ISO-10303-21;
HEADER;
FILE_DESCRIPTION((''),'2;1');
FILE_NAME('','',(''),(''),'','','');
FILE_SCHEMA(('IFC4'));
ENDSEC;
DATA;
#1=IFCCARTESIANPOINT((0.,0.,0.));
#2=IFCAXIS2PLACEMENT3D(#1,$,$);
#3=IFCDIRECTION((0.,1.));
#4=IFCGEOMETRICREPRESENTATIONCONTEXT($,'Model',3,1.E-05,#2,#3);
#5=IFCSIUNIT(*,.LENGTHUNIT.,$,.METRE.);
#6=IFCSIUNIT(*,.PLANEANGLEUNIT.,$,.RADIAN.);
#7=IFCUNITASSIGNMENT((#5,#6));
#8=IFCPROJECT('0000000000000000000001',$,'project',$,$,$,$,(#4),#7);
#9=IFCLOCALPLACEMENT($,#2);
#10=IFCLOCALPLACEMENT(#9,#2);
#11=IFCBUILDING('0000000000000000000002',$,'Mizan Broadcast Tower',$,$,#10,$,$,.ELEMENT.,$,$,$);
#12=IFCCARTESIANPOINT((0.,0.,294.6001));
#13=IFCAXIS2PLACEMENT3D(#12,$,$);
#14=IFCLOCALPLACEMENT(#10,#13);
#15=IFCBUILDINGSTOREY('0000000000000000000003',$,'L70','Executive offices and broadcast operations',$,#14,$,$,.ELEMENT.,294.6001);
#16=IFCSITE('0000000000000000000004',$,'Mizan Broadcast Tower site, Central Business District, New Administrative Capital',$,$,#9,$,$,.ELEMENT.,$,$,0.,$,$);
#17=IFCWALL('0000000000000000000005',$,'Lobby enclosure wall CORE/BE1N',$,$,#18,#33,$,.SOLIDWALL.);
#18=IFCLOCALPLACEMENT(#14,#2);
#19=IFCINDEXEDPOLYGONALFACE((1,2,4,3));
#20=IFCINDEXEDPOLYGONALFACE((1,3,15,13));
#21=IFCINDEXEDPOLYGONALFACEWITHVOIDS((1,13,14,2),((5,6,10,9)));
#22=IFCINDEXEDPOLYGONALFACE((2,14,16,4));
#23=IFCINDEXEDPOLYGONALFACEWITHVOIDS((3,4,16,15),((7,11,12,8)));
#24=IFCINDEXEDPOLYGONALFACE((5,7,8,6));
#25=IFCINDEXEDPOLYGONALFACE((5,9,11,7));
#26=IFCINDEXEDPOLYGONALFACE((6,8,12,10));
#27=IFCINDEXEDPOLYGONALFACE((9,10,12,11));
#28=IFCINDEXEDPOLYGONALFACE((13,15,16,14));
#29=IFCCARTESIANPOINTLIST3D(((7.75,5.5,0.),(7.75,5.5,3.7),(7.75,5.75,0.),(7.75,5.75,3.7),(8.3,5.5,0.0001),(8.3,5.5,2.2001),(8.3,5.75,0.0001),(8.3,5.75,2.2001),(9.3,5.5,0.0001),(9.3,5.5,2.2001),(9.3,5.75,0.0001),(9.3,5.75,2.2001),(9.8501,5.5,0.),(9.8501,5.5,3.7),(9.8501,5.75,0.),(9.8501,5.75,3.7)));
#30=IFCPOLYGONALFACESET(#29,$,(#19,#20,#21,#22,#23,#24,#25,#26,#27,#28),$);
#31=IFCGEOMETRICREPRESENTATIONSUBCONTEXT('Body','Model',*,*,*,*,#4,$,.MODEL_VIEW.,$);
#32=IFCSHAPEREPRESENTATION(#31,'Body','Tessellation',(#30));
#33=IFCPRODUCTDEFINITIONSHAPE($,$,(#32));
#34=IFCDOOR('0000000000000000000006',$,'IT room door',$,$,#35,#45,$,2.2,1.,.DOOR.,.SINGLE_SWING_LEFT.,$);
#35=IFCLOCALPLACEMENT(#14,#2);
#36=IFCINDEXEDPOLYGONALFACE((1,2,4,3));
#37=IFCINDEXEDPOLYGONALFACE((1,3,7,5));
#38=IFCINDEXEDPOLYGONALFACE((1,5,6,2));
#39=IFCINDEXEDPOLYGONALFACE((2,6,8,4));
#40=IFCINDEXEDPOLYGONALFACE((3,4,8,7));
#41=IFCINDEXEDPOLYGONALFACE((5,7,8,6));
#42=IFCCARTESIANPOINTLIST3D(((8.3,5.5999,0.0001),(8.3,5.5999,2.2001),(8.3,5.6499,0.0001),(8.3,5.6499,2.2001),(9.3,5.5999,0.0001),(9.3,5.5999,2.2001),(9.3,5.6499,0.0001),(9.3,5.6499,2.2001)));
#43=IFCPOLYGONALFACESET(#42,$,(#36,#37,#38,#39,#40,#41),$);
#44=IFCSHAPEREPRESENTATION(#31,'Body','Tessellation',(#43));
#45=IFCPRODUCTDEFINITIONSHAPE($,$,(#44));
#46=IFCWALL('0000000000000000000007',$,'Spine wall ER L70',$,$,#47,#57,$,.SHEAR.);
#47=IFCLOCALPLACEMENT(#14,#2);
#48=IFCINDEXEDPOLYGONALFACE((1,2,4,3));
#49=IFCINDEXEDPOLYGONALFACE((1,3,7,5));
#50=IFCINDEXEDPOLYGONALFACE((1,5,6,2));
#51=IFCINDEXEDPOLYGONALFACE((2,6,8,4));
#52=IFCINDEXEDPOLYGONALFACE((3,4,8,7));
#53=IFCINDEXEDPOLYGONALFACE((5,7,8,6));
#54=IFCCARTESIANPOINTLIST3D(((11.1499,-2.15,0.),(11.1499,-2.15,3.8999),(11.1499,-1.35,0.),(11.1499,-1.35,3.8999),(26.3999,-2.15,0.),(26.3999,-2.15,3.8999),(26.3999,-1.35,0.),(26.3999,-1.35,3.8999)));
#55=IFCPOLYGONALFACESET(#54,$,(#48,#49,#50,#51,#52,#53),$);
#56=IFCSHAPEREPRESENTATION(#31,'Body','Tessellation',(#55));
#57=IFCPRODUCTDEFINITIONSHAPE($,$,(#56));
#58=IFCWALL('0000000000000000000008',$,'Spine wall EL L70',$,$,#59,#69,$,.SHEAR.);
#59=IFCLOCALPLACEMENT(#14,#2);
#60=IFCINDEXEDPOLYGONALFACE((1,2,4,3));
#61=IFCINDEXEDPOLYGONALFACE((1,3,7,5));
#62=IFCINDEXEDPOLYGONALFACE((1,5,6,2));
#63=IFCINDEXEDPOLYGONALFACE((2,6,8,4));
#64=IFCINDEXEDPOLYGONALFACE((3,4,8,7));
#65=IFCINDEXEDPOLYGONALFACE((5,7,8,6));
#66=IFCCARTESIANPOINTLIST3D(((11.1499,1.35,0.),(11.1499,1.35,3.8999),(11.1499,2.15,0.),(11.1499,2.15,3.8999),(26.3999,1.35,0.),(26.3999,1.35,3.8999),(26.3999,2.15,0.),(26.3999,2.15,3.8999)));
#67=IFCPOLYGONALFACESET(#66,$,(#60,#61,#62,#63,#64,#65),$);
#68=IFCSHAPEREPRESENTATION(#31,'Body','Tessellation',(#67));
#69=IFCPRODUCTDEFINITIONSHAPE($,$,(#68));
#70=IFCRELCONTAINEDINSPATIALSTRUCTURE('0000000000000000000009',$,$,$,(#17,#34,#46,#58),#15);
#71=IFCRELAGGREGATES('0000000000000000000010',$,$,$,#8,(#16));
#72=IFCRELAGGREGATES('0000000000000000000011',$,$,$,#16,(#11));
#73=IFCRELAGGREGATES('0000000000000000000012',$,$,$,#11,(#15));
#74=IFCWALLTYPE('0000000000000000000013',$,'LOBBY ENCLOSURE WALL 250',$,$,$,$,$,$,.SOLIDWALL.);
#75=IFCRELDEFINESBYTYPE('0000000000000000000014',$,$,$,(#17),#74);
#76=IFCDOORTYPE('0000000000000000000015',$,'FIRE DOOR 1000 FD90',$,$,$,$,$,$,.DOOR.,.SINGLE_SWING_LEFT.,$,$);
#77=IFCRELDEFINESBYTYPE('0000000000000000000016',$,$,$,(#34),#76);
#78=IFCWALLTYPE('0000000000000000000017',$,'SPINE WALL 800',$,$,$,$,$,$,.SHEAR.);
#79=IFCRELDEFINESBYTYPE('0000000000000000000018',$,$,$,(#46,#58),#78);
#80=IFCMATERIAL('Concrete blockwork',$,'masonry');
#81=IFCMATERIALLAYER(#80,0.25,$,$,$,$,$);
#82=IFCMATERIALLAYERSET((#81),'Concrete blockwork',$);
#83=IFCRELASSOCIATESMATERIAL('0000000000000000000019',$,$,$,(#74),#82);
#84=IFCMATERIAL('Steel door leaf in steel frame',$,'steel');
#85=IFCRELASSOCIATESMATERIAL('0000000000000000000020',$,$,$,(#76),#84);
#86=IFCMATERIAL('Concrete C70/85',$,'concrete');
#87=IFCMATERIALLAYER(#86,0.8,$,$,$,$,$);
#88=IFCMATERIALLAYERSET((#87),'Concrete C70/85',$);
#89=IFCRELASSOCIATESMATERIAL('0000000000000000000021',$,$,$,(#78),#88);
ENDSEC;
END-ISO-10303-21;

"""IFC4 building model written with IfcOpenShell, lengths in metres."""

from ifc_helpers import new_model, si_unit, direction, frame, frame_2d, origin, place, context, subcontext, project, spatial, rectangle, extrude, material, layer, layer_set, type_object, element, fill, save


model = new_model("IFC4")

# Units and contexts
model_context = context("Model", 3, precision=1e-05, world=origin(), true_north=direction((0.0, 1.0)))
body_context = subcontext(model_context, "Body", "Model", "MODEL_VIEW")
ifc_project = project(units=[si_unit("LENGTHUNIT", "METRE"), si_unit("PLANEANGLEUNIT", "RADIAN")], contexts=[model_context])

# Site, building, storey
site_placement = place(None, origin())
site = spatial("IfcSite", under=ifc_project, at=site_placement, Name="Mizan Broadcast Tower site, Central Business District, New Administrative Capital", CompositionType="ELEMENT", RefElevation=0.0)
building_placement = place(site_placement, origin())
building = spatial("IfcBuilding", under=site, at=building_placement, Name="Mizan Broadcast Tower", CompositionType="ELEMENT")
storey_placement = place(building_placement, frame((0.0, 0.0, 294.6001)))
storey = spatial("IfcBuildingStorey", under=building, at=storey_placement, Name="L70", Description="Executive offices and broadcast operations", CompositionType="ELEMENT", Elevation=294.6001)

# Wall, opening, door
ifc_material_1 = material(Name="Concrete blockwork", Category="masonry")
ifc_layer_1 = layer(ifc_material_1, 0.25)
ifc_layer_set_1 = layer_set([ifc_layer_1], Name="Concrete blockwork")
wall_type_1 = type_object("IfcWallType", Name="LOBBY ENCLOSURE WALL 250", PredefinedType="SOLIDWALL", material=ifc_layer_set_1)
wall_1_placement = place(storey_placement, frame((7.75, 5.625, 0.0), z_axis=(0.0, 0.0, 1.0), x_axis=(1.0, 0.0, 0.0)))
wall_1 = element("IfcWall", 1, at=wall_1_placement, inside=storey, type_object=wall_type_1, Name="Lobby enclosure wall CORE/BE1N", PredefinedType="SOLIDWALL", context=body_context, shape_type="SweptSolid", body=[
    extrude(rectangle(XDim=2.1001, YDim=0.25, at=frame_2d((1.05, 0.0))), origin(), (0.0, 0.0, 1.0), 3.7),
])
opening_1_placement = place(wall_1_placement, frame((0.55, 0.0, 0.0)))
opening_1 = element("IfcOpeningElement", 2, at=opening_1_placement, cuts=wall_1, PredefinedType="OPENING", context=body_context, shape_type="SweptSolid", body=[
    extrude(rectangle(XDim=1.0, YDim=2.2, at=frame_2d((0.5, 1.1001))), frame((0.0, 0.135, 0.0), z_axis=(0.0, -1.0, 0.0), x_axis=(1.0, 0.0, 0.0)), (0.0, 0.0, 1.0), 0.27),
])
ifc_material_2 = material(Name="Steel door leaf in steel frame", Category="steel")
door_type_1 = type_object("IfcDoorType", Name="FIRE DOOR 1000 FD90", OperationType="SINGLE_SWING_LEFT", PredefinedType="DOOR", material=ifc_material_2)
door_1_placement = place(opening_1_placement, origin())
door_1 = element("IfcDoor", 3, at=door_1_placement, inside=storey, type_object=door_type_1, Name="IT room door", OperationType="SINGLE_SWING_LEFT", OverallHeight=2.2, OverallWidth=1.0, PredefinedType="DOOR", context=body_context, shape_type="SweptSolid", body=[
    extrude(rectangle(XDim=1.0, YDim=2.2, at=frame_2d((0.5, 1.1001))), frame((0.0, 0.0249, 0.0), z_axis=(0.0, -1.0, 0.0), x_axis=(1.0, 0.0, 0.0)), (0.0, 0.0, 1.0), 0.05),
])
fill(opening_1, door_1)

# Walls
ifc_material_3 = material(Name="Concrete C70/85", Category="concrete")
ifc_layer_2 = layer(ifc_material_3, 0.8)
ifc_layer_set_2 = layer_set([ifc_layer_2], Name="Concrete C70/85")
wall_type_2 = type_object("IfcWallType", Name="SPINE WALL 800", PredefinedType="SHEAR", material=ifc_layer_set_2)
for number, where, z_axis, x_axis, name in (
    (4, (11.1499, -1.75, 0.0), (0.0, 0.0, 1.0), (1.0, 0.0, 0.0), "Spine wall ER L70"),
    (5, (11.1499, 1.75, 0.0), (0.0, 0.0, 1.0), (1.0, 0.0, 0.0), "Spine wall EL L70"),
):
    element("IfcWall", number, at=place(storey_placement, frame(where, z_axis=z_axis, x_axis=x_axis)), inside=storey, type_object=wall_type_2, Name=name, PredefinedType="SHEAR", context=body_context, shape_type="SweptSolid", body=[
        extrude(rectangle(XDim=15.25, YDim=0.8, at=frame_2d((7.625, 0.0))), origin(), (0.0, 0.0, 1.0), 3.8999),
    ])

save(model, "model.ifc")
